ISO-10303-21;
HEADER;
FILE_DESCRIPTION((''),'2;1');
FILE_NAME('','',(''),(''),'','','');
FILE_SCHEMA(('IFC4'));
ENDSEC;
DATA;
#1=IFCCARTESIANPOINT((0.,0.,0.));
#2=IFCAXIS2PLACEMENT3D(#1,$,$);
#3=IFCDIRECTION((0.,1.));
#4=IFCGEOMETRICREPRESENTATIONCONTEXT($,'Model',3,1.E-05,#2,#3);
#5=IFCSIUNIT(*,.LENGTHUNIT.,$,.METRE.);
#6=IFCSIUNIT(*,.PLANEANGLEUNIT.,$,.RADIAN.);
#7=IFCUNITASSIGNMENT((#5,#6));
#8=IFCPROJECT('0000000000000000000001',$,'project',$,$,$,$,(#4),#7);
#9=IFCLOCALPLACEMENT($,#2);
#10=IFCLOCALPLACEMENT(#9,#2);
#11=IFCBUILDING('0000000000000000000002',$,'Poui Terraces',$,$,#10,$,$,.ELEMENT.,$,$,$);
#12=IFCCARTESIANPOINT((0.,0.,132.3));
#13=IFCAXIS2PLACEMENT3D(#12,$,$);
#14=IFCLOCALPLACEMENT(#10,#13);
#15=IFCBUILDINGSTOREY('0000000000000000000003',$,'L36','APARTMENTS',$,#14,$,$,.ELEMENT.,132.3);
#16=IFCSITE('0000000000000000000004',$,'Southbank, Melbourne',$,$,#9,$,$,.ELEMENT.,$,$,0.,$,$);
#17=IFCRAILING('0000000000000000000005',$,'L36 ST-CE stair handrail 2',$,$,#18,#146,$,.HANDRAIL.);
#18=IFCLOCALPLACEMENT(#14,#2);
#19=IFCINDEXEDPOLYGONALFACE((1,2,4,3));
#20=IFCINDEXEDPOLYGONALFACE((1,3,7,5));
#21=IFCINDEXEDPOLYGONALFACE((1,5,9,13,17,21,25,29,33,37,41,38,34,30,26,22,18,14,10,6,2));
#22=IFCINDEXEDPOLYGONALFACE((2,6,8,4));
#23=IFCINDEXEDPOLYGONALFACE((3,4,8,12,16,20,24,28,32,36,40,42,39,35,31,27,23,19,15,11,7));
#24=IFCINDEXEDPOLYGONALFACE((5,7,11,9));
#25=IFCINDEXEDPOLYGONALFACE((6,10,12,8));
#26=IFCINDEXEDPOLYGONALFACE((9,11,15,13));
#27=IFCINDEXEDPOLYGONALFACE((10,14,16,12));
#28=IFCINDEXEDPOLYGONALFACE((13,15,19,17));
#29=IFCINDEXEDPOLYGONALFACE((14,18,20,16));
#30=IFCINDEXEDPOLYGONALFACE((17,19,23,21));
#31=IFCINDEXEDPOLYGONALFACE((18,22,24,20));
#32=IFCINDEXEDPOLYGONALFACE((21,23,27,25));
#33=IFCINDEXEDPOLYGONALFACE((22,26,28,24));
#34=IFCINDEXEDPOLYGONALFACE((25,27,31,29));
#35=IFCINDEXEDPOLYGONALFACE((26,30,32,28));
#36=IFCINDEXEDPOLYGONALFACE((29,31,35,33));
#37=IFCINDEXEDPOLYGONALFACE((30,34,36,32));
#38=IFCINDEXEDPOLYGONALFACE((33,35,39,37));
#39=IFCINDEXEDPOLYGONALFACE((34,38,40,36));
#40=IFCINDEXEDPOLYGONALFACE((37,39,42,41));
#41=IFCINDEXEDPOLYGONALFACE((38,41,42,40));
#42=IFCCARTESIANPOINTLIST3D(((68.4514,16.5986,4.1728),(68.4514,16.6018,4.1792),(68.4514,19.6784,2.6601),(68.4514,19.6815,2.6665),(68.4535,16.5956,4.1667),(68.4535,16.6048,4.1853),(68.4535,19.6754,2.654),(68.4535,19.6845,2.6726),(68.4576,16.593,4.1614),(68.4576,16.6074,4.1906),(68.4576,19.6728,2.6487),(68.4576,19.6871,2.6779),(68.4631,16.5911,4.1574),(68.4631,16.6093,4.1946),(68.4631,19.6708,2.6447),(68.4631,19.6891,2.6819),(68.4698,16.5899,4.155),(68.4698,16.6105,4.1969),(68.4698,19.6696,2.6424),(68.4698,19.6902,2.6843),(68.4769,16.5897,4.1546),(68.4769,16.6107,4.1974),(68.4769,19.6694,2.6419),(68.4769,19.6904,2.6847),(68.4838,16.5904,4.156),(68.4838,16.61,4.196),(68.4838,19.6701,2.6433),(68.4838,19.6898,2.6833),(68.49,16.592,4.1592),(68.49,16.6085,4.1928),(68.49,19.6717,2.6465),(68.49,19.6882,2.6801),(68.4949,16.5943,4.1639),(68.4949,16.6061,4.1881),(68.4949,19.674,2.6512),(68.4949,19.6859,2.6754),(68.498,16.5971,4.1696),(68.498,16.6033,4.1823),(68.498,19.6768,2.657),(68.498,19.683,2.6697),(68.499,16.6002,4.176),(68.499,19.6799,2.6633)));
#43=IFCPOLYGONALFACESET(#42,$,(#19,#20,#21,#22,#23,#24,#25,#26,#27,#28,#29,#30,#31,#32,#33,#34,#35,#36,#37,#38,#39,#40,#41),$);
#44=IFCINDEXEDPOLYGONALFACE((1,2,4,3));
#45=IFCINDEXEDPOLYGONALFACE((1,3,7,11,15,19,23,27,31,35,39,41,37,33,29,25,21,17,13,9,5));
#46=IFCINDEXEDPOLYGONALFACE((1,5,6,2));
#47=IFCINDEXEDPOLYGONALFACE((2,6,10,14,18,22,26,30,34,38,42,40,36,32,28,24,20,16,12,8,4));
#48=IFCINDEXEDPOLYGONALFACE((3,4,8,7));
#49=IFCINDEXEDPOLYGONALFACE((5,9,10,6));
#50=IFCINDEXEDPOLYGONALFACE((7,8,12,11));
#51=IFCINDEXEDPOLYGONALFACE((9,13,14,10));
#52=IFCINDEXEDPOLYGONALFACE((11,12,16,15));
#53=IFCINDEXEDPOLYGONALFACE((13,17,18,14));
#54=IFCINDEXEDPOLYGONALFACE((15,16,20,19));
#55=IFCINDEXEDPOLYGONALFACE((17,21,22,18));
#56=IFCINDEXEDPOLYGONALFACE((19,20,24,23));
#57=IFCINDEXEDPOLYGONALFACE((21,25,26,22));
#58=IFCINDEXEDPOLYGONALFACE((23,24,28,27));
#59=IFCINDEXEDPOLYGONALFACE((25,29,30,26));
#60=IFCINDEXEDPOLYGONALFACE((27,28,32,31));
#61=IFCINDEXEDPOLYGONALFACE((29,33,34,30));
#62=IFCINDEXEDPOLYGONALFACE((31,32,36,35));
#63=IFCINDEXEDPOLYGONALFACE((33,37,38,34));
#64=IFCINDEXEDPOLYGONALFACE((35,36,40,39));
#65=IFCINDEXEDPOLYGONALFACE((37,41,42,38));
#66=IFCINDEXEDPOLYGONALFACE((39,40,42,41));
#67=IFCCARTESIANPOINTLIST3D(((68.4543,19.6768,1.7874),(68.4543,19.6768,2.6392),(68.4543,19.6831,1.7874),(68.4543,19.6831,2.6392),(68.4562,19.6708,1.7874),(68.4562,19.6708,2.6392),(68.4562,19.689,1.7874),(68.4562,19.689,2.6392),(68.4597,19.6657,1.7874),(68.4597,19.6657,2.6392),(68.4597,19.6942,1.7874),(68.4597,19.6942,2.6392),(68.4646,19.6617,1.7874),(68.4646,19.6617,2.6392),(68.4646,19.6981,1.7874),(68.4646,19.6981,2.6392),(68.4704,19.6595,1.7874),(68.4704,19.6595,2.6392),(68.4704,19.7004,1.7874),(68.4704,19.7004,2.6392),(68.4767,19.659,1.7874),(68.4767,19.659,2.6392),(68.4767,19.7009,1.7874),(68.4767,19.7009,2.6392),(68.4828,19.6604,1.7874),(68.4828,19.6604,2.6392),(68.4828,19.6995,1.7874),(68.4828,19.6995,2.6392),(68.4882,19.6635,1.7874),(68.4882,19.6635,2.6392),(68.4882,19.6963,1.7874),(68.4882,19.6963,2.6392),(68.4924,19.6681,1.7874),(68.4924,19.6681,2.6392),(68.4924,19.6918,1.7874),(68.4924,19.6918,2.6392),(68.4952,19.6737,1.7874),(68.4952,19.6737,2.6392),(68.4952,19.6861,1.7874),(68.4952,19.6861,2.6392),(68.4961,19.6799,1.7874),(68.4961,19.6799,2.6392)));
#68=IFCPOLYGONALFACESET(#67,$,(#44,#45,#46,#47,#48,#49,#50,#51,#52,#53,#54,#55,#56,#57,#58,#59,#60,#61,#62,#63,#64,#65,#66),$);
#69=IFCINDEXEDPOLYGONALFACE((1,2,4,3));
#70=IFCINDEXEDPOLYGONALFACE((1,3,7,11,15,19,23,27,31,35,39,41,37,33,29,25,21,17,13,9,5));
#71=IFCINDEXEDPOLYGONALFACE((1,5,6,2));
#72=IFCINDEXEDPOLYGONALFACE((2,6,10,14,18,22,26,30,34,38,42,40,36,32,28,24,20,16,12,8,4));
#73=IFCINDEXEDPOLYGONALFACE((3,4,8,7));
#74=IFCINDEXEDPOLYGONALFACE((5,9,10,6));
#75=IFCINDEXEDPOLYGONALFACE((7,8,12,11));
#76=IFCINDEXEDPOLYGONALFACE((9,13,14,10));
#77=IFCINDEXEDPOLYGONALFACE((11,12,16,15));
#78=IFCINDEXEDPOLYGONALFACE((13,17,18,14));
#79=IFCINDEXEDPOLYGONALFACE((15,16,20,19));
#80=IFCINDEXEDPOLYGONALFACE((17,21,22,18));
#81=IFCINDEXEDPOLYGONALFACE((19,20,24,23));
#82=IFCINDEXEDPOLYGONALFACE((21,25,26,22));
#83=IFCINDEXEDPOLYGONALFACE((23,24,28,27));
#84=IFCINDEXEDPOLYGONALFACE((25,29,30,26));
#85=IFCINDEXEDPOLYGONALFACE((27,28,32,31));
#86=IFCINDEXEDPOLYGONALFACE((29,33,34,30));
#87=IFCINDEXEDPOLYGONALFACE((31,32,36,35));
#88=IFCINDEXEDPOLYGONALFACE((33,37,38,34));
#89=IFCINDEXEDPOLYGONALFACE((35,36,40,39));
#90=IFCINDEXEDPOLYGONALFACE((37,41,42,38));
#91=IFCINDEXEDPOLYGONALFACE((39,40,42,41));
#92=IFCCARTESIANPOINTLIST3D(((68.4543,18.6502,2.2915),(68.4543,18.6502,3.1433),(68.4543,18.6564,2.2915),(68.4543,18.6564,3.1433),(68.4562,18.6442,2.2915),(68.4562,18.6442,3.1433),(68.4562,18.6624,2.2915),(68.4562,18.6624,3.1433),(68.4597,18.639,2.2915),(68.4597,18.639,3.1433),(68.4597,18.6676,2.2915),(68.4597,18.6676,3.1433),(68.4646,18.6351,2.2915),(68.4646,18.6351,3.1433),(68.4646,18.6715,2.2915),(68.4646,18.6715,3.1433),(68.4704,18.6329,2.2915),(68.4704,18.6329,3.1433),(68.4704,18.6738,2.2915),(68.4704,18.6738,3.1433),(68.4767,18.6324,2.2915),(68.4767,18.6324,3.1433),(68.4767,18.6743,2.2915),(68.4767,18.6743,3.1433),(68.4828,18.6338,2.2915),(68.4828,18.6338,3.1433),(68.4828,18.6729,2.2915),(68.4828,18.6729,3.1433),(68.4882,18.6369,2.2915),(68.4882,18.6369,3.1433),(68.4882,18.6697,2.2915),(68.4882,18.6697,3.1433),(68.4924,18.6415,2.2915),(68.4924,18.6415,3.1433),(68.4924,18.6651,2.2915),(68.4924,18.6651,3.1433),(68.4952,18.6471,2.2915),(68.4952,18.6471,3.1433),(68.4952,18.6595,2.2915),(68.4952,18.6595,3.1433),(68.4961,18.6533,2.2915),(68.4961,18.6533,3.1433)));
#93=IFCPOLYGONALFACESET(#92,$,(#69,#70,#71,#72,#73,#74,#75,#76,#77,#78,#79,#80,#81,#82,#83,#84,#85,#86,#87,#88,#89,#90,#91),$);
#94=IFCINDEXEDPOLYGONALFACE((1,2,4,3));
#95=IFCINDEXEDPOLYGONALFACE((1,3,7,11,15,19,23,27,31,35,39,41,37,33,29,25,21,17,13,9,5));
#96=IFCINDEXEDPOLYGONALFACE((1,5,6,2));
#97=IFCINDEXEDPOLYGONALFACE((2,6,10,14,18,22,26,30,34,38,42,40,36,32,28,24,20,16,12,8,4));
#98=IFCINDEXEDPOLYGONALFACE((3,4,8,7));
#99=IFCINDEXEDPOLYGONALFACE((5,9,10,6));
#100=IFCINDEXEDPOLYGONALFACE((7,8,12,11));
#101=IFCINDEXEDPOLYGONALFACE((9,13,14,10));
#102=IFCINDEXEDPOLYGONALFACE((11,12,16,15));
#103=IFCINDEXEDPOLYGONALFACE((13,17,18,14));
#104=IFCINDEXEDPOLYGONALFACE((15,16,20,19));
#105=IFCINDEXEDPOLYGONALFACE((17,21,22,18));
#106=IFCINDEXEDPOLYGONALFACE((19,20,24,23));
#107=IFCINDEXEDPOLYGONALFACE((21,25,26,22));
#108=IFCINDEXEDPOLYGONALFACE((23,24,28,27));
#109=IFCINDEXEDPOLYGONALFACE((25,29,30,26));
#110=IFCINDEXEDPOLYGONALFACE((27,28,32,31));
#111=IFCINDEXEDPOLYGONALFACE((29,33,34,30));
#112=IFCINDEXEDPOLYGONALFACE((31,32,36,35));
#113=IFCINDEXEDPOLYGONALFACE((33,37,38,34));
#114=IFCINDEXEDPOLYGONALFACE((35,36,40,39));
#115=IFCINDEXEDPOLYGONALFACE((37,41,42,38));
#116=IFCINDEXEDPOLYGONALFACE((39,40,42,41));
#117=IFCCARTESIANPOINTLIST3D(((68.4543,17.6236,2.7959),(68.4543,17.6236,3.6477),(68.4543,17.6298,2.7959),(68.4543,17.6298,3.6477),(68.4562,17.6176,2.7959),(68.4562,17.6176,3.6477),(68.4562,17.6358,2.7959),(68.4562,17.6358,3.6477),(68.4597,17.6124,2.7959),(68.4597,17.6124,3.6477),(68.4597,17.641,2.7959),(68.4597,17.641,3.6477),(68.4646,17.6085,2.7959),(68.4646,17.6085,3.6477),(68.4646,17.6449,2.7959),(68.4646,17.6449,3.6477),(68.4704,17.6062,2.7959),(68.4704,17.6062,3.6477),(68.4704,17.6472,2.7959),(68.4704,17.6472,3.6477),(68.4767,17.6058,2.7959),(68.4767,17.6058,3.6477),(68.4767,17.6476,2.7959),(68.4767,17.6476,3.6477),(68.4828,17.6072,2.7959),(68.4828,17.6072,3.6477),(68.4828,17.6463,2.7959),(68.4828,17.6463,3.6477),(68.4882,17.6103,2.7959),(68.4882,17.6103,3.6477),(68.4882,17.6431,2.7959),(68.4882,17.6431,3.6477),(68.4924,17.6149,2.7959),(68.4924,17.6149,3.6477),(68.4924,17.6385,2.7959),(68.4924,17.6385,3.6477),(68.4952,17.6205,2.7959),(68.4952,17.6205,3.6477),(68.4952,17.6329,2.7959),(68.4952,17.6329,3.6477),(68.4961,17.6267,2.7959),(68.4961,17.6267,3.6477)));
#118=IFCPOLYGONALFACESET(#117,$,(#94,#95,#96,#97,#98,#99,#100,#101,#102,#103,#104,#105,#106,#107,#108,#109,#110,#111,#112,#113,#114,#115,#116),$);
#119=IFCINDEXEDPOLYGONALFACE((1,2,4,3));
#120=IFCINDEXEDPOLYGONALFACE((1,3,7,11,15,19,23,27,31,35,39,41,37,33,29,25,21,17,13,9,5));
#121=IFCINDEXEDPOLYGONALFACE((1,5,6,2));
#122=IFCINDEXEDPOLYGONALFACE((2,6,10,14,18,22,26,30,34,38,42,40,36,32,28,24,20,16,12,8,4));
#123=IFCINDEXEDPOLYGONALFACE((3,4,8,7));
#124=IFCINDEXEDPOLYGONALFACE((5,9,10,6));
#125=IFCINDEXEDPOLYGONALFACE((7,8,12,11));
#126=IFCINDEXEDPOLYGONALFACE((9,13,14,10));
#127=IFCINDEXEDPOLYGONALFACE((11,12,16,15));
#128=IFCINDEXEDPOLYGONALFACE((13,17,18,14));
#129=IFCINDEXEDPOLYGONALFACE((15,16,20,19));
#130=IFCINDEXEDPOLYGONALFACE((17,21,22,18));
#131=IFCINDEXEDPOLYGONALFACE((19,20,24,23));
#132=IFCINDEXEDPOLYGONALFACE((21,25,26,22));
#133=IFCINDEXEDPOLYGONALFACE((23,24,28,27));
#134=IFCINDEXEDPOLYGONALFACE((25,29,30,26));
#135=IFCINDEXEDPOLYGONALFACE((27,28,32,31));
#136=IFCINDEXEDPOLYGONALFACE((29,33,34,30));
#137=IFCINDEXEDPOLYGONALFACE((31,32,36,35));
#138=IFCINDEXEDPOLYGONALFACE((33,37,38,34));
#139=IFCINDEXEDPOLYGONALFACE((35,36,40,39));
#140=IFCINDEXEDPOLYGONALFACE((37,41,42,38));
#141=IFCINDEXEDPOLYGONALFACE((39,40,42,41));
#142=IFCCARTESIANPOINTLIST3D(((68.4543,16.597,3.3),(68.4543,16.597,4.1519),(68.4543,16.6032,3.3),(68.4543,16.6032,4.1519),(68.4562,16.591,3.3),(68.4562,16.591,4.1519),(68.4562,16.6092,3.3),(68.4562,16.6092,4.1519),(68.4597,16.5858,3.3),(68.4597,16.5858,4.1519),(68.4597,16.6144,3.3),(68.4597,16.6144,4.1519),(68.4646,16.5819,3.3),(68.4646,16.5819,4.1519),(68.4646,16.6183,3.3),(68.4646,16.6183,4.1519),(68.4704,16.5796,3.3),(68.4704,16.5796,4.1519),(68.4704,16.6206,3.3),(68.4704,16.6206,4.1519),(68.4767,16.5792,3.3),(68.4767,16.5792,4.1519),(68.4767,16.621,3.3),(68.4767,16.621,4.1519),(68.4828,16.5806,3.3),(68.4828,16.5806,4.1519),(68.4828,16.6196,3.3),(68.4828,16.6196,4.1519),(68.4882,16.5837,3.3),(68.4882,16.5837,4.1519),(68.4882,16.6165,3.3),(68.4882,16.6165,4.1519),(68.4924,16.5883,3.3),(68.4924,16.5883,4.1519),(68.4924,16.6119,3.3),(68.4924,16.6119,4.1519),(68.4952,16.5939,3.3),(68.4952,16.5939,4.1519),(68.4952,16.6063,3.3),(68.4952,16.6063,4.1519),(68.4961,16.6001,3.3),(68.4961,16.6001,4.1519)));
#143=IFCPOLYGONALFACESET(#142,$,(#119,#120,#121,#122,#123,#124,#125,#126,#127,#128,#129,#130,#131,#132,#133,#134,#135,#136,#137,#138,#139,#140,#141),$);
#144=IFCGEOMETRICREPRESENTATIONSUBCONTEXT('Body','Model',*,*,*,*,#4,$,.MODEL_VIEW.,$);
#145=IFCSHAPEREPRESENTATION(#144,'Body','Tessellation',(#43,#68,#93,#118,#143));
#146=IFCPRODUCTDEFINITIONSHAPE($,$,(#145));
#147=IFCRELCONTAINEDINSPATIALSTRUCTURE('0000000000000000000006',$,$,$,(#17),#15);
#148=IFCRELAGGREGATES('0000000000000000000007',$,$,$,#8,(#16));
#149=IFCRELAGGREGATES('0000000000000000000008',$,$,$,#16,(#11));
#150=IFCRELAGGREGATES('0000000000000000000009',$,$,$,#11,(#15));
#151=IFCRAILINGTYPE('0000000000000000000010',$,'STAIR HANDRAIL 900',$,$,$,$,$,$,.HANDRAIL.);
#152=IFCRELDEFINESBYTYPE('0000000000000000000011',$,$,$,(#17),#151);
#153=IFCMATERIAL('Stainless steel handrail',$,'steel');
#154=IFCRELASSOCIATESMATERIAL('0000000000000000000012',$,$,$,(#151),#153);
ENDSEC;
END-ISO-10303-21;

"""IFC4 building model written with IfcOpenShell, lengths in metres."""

from ifc_helpers import new_model, si_unit, direction, frame, origin, origin_2d, place, context, subcontext, project, spatial, circle, extrude, material, type_object, element, save


model = new_model("IFC4")

# Units and contexts
model_context = context("Model", 3, precision=1e-05, world=origin(), true_north=direction((0.0, 1.0)))
body_context = subcontext(model_context, "Body", "Model", "MODEL_VIEW")
ifc_project = project(units=[si_unit("LENGTHUNIT", "METRE"), si_unit("PLANEANGLEUNIT", "RADIAN")], contexts=[model_context])

# Site, building, storey
site_placement = place(None, origin())
site = spatial("IfcSite", under=ifc_project, at=site_placement, Name="Southbank, Melbourne", CompositionType="ELEMENT", RefElevation=0.0)
building_placement = place(site_placement, origin())
building = spatial("IfcBuilding", under=site, at=building_placement, Name="Poui Terraces", CompositionType="ELEMENT")
storey_placement = place(building_placement, frame((0.0, 0.0, 132.3)))
storey = spatial("IfcBuildingStorey", under=building, at=storey_placement, Name="L36", Description="APARTMENTS", CompositionType="ELEMENT", Elevation=132.3)

# Railing
ifc_material_1 = material(Name="Stainless steel handrail", Category="steel")
railing_type_1 = type_object("IfcRailingType", Name="STAIR HANDRAIL 900", PredefinedType="HANDRAIL", material=ifc_material_1)
railing_1_placement = place(storey_placement, frame((68.4751, 19.6799, 1.7874)))
element("IfcRailing", 1, at=railing_1_placement, inside=storey, type_object=railing_type_1, Name="L36 ST-CE stair handrail 2", PredefinedType="HANDRAIL", context=body_context, shape_type="SweptSolid", body=[
    extrude(circle(Radius=0.0239, at=origin_2d()), frame((0.0, 0.0, 0.876), z_axis=(0.0, -0.897578, 0.440856), x_axis=(1.0, 0.0, 0.0)), (0.0, 0.0, 1.0), 3.4312),
    extrude(circle(Radius=0.021, at=origin_2d()), origin(), (0.0, 0.0, 1.0), 0.8518),
    extrude(circle(Radius=0.021, at=origin_2d()), frame((0.0, -1.0266, 0.5042)), (0.0, 0.0, 1.0), 0.8518),
    extrude(circle(Radius=0.021, at=origin_2d()), frame((0.0, -2.0532, 1.0085)), (0.0, 0.0, 1.0), 0.8518),
    extrude(circle(Radius=0.021, at=origin_2d()), frame((0.0, -3.0798, 1.5127)), (0.0, 0.0, 1.0), 0.8518),
])

save(model, "model.ifc")
